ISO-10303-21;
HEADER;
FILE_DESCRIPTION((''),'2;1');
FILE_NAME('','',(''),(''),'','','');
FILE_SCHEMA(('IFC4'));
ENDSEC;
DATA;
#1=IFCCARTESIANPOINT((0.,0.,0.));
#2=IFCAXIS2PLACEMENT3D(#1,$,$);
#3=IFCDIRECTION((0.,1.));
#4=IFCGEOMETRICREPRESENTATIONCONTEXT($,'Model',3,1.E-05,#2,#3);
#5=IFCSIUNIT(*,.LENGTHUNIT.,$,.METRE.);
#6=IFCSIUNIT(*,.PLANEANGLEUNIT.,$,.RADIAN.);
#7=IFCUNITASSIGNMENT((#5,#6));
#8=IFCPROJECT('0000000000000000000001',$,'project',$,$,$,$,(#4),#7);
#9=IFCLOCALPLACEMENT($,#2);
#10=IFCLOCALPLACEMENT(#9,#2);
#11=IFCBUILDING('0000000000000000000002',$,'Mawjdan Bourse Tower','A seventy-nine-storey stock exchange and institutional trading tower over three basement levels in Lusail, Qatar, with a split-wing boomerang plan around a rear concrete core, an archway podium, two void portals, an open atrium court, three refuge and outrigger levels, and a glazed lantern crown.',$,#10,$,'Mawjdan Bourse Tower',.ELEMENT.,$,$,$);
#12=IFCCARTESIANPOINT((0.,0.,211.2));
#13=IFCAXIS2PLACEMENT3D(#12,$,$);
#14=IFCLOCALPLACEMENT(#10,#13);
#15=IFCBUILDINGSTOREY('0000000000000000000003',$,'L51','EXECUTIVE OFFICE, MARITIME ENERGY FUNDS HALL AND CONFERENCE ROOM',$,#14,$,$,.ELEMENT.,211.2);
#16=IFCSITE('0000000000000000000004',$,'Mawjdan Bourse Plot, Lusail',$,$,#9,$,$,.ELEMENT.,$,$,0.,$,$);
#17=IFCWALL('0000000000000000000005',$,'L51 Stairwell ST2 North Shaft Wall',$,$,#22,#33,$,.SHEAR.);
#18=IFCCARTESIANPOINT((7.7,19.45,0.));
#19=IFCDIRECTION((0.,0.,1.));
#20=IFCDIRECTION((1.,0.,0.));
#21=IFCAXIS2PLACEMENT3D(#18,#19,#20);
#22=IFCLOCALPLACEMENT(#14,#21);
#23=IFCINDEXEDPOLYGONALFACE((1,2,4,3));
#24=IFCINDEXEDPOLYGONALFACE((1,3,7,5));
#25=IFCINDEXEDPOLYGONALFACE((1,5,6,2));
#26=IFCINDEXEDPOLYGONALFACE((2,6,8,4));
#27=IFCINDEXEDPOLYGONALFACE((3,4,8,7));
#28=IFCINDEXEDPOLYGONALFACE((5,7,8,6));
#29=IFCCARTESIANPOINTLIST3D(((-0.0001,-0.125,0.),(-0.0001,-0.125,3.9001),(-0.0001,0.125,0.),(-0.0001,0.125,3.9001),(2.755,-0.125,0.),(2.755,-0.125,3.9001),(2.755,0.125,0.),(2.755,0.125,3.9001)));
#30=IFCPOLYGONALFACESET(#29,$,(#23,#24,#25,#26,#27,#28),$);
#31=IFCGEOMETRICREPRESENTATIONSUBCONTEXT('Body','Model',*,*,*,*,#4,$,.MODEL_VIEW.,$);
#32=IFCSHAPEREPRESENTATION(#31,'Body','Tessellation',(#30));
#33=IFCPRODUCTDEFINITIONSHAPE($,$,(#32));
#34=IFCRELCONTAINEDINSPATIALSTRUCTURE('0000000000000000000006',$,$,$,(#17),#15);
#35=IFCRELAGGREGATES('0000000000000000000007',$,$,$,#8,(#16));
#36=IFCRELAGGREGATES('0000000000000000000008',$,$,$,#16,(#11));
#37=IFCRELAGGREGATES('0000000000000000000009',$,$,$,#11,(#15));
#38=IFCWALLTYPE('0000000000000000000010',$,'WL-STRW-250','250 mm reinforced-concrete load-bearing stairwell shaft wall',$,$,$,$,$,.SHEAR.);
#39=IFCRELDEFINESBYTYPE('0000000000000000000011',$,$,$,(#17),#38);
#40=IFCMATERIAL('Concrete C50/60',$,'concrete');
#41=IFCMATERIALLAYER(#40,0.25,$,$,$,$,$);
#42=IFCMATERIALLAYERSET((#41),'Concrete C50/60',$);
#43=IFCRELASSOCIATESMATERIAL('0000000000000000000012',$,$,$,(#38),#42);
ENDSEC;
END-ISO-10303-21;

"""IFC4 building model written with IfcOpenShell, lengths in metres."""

from ifc_helpers import new_model, si_unit, direction, frame, frame_2d, origin, place, context, subcontext, project, spatial, rectangle, extrude, material, layer, layer_set, type_object, element, save


model = new_model("IFC4")

# Units and contexts
model_context = context("Model", 3, precision=1e-05, world=origin(), true_north=direction((0.0, 1.0)))
body_context = subcontext(model_context, "Body", "Model", "MODEL_VIEW")
ifc_project = project(units=[si_unit("LENGTHUNIT", "METRE"), si_unit("PLANEANGLEUNIT", "RADIAN")], contexts=[model_context])

# Site, building, storey
site_placement = place(None, origin())
site = spatial("IfcSite", under=ifc_project, at=site_placement, Name="Mawjdan Bourse Plot, Lusail", CompositionType="ELEMENT", RefElevation=0.0)
building_placement = place(site_placement, origin())
building = spatial("IfcBuilding", under=site, at=building_placement, Name="Mawjdan Bourse Tower", Description="A seventy-nine-storey stock exchange and institutional trading tower over three basement levels in Lusail, Qatar, with a split-wing boomerang plan around a rear concrete core, an archway podium, two void portals, an open atrium court, three refuge and outrigger levels, and a glazed lantern crown.", LongName="Mawjdan Bourse Tower", CompositionType="ELEMENT")
storey_placement = place(building_placement, frame((0.0, 0.0, 211.2)))
storey = spatial("IfcBuildingStorey", under=building, at=storey_placement, Name="L51", Description="EXECUTIVE OFFICE, MARITIME ENERGY FUNDS HALL AND CONFERENCE ROOM", CompositionType="ELEMENT", Elevation=211.2)

# Wall
ifc_material_1 = material(Name="Concrete C50/60", Category="concrete")
ifc_layer_1 = layer(ifc_material_1, 0.25)
ifc_layer_set_1 = layer_set([ifc_layer_1], Name="Concrete C50/60")
wall_type_1 = type_object("IfcWallType", Name="WL-STRW-250", Description="250 mm reinforced-concrete load-bearing stairwell shaft wall", PredefinedType="SHEAR", material=ifc_layer_set_1)
wall_1_placement = place(storey_placement, frame((7.7, 19.45, 0.0), z_axis=(0.0, 0.0, 1.0), x_axis=(1.0, 0.0, 0.0)))
element("IfcWall", 1, at=wall_1_placement, inside=storey, type_object=wall_type_1, Name="L51 Stairwell ST2 North Shaft Wall", PredefinedType="SHEAR", context=body_context, shape_type="SweptSolid", body=[
    extrude(rectangle(XDim=2.7551, YDim=0.25, at=frame_2d((1.3774, 0.0))), origin(), (0.0, 0.0, 1.0), 3.9001),
])

save(model, "model.ifc")
